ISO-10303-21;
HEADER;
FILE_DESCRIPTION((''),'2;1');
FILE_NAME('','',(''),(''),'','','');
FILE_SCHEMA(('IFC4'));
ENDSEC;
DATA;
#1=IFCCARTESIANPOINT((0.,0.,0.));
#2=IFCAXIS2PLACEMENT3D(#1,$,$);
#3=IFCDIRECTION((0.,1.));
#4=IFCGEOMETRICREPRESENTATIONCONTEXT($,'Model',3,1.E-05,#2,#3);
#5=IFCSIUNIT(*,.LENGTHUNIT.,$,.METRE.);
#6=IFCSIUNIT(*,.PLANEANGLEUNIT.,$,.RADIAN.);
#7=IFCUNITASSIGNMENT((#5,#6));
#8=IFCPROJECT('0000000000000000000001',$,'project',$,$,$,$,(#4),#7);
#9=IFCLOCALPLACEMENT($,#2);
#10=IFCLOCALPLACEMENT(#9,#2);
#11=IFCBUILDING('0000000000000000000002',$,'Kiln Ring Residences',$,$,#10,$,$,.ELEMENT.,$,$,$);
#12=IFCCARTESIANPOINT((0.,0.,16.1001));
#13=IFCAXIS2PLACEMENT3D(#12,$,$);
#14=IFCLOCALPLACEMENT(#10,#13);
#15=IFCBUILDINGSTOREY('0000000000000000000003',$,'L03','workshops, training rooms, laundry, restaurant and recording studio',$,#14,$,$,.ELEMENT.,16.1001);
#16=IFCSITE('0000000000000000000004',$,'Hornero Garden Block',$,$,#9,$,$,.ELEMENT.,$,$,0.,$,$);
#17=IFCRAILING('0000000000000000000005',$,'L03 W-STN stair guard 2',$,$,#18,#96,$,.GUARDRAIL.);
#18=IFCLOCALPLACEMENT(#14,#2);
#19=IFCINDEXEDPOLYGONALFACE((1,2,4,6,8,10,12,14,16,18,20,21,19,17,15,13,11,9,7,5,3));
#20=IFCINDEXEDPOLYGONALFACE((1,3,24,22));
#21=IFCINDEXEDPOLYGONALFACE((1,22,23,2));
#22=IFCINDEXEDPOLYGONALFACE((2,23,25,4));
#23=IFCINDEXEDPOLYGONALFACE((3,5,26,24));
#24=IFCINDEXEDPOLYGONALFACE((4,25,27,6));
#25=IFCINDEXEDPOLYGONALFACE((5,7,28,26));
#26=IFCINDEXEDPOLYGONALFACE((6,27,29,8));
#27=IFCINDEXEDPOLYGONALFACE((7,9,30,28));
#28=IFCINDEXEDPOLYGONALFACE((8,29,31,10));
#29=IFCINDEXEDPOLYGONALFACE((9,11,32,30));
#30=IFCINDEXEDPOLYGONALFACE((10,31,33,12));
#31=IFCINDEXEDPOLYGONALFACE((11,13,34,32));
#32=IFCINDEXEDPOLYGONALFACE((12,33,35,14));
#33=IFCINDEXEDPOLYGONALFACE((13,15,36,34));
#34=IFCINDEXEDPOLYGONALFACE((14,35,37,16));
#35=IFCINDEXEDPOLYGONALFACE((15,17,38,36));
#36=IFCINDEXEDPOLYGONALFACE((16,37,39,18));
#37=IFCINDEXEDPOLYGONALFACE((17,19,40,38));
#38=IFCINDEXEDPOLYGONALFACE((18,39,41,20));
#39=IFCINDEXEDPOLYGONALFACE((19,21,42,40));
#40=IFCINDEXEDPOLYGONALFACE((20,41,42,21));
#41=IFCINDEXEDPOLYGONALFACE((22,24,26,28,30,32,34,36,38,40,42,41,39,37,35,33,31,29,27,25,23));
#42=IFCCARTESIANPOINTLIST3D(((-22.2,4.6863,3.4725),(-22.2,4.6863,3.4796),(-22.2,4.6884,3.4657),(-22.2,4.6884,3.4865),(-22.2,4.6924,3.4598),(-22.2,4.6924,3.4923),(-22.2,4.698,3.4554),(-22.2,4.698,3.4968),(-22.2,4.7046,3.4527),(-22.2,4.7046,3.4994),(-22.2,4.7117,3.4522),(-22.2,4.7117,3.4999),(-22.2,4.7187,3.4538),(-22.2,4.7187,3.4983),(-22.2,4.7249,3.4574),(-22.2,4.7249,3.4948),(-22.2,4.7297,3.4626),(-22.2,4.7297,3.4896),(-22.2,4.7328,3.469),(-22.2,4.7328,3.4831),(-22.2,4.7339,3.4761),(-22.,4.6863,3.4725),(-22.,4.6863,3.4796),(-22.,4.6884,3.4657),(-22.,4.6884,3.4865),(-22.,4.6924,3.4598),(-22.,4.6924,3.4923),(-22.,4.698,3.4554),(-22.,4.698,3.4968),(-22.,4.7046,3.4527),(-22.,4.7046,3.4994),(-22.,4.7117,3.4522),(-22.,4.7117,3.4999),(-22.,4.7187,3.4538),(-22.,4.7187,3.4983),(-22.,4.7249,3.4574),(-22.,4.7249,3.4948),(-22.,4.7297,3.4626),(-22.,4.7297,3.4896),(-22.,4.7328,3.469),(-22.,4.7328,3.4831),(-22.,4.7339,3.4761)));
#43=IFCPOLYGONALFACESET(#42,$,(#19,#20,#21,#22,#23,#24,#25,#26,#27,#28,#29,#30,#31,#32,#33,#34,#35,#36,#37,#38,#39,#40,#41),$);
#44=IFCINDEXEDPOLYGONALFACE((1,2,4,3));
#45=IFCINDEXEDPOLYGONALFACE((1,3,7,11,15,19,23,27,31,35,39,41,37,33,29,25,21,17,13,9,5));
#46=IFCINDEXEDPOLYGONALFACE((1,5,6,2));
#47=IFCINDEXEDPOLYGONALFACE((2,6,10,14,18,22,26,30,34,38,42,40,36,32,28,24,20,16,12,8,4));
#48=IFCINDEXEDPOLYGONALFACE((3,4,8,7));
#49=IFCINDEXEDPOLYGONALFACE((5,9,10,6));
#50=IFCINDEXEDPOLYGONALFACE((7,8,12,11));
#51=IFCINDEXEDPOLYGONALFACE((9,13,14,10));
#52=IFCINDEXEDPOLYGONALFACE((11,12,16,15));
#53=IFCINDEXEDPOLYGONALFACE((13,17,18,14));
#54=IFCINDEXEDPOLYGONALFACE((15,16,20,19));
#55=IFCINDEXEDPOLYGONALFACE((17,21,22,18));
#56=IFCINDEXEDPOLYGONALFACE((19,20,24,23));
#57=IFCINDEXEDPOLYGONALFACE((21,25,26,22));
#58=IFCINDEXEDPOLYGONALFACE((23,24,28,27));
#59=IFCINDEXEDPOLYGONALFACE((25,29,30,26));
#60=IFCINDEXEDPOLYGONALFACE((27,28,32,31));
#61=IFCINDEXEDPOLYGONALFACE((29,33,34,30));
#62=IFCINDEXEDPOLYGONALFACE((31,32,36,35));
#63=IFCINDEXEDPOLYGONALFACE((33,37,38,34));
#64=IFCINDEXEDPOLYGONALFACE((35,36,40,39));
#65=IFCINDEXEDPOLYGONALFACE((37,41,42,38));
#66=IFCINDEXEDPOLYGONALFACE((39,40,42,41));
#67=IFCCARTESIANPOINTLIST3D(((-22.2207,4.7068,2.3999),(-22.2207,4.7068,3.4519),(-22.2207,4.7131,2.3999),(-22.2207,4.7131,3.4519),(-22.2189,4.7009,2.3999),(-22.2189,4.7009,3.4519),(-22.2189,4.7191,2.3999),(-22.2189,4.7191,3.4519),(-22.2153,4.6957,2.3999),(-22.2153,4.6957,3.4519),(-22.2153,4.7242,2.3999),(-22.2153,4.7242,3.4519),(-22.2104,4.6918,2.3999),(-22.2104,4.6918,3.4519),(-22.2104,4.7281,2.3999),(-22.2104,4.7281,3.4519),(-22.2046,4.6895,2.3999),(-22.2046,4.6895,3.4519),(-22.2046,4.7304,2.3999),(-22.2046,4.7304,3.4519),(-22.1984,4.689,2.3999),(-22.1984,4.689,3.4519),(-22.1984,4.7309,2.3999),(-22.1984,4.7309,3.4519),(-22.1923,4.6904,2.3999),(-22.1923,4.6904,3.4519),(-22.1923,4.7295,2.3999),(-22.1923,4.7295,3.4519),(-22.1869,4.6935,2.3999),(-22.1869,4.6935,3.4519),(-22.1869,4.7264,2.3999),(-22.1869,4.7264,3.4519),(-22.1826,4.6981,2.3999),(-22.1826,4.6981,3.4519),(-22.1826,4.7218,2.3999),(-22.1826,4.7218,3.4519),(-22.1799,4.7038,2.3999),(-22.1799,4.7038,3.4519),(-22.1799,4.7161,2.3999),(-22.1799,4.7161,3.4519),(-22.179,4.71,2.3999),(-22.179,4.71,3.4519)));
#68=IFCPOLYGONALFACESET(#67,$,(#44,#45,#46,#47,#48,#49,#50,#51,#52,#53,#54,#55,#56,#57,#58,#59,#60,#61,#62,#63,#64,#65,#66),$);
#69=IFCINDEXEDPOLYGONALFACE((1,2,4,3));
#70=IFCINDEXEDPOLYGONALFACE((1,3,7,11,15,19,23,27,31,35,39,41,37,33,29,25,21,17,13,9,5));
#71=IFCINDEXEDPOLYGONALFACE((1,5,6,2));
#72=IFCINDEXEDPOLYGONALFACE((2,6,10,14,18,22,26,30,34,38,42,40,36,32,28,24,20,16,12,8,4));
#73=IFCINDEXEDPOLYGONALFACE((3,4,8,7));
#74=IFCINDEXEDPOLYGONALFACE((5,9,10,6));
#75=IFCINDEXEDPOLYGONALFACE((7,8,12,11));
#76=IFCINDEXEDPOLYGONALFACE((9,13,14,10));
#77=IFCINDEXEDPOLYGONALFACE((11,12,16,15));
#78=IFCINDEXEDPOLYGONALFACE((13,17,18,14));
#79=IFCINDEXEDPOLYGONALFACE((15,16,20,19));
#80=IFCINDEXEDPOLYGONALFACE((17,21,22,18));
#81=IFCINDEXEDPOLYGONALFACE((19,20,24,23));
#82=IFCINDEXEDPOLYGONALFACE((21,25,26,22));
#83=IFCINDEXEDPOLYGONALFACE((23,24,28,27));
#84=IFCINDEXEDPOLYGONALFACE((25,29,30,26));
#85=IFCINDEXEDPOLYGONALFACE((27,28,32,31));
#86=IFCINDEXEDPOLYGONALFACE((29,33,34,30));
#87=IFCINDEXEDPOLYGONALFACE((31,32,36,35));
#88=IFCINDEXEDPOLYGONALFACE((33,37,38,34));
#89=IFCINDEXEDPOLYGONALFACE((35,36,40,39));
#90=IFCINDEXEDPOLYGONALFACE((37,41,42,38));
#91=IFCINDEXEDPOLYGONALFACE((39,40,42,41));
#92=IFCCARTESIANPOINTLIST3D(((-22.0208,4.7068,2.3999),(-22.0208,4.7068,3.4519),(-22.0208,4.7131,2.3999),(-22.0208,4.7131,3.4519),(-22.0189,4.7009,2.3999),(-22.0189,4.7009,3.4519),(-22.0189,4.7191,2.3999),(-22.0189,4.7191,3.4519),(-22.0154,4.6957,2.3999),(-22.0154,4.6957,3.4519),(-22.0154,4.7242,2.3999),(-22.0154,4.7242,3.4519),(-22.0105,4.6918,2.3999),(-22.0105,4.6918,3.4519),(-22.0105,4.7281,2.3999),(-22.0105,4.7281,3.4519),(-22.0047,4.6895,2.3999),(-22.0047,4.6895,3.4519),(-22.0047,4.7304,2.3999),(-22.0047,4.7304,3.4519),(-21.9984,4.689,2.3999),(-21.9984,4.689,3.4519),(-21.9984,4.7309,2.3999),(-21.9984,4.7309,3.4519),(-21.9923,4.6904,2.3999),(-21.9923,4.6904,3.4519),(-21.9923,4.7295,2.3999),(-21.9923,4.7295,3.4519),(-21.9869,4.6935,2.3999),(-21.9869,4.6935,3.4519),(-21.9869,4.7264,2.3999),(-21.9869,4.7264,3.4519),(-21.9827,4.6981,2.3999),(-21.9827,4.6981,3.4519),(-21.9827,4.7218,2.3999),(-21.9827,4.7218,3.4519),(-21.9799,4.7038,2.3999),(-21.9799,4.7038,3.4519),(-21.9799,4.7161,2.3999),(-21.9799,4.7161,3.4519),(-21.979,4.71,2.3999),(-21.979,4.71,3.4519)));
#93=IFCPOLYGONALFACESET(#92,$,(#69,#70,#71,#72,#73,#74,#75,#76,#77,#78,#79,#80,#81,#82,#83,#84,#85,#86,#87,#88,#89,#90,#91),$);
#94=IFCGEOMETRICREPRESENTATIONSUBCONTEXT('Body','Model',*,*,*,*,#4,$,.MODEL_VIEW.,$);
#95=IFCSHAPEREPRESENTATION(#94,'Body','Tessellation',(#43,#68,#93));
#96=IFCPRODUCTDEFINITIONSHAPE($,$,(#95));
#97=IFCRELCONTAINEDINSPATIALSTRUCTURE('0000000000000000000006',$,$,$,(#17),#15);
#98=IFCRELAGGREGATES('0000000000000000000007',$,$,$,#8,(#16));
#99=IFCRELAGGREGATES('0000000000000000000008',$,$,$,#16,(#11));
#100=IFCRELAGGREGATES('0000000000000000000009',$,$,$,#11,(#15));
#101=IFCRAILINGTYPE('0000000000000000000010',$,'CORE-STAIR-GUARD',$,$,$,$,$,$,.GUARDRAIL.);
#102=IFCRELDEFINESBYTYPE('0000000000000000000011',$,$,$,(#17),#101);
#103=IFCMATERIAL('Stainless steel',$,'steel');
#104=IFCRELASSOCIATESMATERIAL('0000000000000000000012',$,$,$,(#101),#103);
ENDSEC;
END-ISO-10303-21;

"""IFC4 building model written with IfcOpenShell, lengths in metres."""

from ifc_helpers import new_model, si_unit, direction, frame, origin, origin_2d, place, context, subcontext, project, spatial, circle, extrude, material, type_object, element, save


model = new_model("IFC4")

# Units and contexts
model_context = context("Model", 3, precision=1e-05, world=origin(), true_north=direction((0.0, 1.0)))
body_context = subcontext(model_context, "Body", "Model", "MODEL_VIEW")
ifc_project = project(units=[si_unit("LENGTHUNIT", "METRE"), si_unit("PLANEANGLEUNIT", "RADIAN")], contexts=[model_context])

# Site, building, storey
site_placement = place(None, origin())
site = spatial("IfcSite", under=ifc_project, at=site_placement, Name="Hornero Garden Block", CompositionType="ELEMENT", RefElevation=0.0)
building_placement = place(site_placement, origin())
building = spatial("IfcBuilding", under=site, at=building_placement, Name="Kiln Ring Residences", CompositionType="ELEMENT")
storey_placement = place(building_placement, frame((0.0, 0.0, 16.1001)))
storey = spatial("IfcBuildingStorey", under=building, at=storey_placement, Name="L03", Description="workshops, training rooms, laundry, restaurant and recording studio", CompositionType="ELEMENT", Elevation=16.1001)

# Railing
ifc_material_1 = material(Name="Stainless steel", Category="steel")
railing_type_1 = type_object("IfcRailingType", Name="CORE-STAIR-GUARD", PredefinedType="GUARDRAIL", material=ifc_material_1)
railing_1_placement = place(storey_placement, frame((-22.2, 4.71, 2.3999)))
element("IfcRailing", 1, at=railing_1_placement, inside=storey, type_object=railing_type_1, Name="L03 W-STN stair guard 2", PredefinedType="GUARDRAIL", context=body_context, shape_type="SweptSolid", body=[
    extrude(circle(Radius=0.0239, at=origin_2d()), frame((0.0, 0.0, 1.0762), z_axis=(1.0, 0.0, 0.0), x_axis=(0.0, 1.0, 0.0)), (0.0, 0.0, 1.0), 0.2),
    extrude(circle(Radius=0.021, at=origin_2d()), origin(), (0.0, 0.0, 1.0), 1.052),
    extrude(circle(Radius=0.021, at=origin_2d()), frame((0.2, 0.0, 0.0)), (0.0, 0.0, 1.0), 1.052),
])

save(model, "model.ifc")
